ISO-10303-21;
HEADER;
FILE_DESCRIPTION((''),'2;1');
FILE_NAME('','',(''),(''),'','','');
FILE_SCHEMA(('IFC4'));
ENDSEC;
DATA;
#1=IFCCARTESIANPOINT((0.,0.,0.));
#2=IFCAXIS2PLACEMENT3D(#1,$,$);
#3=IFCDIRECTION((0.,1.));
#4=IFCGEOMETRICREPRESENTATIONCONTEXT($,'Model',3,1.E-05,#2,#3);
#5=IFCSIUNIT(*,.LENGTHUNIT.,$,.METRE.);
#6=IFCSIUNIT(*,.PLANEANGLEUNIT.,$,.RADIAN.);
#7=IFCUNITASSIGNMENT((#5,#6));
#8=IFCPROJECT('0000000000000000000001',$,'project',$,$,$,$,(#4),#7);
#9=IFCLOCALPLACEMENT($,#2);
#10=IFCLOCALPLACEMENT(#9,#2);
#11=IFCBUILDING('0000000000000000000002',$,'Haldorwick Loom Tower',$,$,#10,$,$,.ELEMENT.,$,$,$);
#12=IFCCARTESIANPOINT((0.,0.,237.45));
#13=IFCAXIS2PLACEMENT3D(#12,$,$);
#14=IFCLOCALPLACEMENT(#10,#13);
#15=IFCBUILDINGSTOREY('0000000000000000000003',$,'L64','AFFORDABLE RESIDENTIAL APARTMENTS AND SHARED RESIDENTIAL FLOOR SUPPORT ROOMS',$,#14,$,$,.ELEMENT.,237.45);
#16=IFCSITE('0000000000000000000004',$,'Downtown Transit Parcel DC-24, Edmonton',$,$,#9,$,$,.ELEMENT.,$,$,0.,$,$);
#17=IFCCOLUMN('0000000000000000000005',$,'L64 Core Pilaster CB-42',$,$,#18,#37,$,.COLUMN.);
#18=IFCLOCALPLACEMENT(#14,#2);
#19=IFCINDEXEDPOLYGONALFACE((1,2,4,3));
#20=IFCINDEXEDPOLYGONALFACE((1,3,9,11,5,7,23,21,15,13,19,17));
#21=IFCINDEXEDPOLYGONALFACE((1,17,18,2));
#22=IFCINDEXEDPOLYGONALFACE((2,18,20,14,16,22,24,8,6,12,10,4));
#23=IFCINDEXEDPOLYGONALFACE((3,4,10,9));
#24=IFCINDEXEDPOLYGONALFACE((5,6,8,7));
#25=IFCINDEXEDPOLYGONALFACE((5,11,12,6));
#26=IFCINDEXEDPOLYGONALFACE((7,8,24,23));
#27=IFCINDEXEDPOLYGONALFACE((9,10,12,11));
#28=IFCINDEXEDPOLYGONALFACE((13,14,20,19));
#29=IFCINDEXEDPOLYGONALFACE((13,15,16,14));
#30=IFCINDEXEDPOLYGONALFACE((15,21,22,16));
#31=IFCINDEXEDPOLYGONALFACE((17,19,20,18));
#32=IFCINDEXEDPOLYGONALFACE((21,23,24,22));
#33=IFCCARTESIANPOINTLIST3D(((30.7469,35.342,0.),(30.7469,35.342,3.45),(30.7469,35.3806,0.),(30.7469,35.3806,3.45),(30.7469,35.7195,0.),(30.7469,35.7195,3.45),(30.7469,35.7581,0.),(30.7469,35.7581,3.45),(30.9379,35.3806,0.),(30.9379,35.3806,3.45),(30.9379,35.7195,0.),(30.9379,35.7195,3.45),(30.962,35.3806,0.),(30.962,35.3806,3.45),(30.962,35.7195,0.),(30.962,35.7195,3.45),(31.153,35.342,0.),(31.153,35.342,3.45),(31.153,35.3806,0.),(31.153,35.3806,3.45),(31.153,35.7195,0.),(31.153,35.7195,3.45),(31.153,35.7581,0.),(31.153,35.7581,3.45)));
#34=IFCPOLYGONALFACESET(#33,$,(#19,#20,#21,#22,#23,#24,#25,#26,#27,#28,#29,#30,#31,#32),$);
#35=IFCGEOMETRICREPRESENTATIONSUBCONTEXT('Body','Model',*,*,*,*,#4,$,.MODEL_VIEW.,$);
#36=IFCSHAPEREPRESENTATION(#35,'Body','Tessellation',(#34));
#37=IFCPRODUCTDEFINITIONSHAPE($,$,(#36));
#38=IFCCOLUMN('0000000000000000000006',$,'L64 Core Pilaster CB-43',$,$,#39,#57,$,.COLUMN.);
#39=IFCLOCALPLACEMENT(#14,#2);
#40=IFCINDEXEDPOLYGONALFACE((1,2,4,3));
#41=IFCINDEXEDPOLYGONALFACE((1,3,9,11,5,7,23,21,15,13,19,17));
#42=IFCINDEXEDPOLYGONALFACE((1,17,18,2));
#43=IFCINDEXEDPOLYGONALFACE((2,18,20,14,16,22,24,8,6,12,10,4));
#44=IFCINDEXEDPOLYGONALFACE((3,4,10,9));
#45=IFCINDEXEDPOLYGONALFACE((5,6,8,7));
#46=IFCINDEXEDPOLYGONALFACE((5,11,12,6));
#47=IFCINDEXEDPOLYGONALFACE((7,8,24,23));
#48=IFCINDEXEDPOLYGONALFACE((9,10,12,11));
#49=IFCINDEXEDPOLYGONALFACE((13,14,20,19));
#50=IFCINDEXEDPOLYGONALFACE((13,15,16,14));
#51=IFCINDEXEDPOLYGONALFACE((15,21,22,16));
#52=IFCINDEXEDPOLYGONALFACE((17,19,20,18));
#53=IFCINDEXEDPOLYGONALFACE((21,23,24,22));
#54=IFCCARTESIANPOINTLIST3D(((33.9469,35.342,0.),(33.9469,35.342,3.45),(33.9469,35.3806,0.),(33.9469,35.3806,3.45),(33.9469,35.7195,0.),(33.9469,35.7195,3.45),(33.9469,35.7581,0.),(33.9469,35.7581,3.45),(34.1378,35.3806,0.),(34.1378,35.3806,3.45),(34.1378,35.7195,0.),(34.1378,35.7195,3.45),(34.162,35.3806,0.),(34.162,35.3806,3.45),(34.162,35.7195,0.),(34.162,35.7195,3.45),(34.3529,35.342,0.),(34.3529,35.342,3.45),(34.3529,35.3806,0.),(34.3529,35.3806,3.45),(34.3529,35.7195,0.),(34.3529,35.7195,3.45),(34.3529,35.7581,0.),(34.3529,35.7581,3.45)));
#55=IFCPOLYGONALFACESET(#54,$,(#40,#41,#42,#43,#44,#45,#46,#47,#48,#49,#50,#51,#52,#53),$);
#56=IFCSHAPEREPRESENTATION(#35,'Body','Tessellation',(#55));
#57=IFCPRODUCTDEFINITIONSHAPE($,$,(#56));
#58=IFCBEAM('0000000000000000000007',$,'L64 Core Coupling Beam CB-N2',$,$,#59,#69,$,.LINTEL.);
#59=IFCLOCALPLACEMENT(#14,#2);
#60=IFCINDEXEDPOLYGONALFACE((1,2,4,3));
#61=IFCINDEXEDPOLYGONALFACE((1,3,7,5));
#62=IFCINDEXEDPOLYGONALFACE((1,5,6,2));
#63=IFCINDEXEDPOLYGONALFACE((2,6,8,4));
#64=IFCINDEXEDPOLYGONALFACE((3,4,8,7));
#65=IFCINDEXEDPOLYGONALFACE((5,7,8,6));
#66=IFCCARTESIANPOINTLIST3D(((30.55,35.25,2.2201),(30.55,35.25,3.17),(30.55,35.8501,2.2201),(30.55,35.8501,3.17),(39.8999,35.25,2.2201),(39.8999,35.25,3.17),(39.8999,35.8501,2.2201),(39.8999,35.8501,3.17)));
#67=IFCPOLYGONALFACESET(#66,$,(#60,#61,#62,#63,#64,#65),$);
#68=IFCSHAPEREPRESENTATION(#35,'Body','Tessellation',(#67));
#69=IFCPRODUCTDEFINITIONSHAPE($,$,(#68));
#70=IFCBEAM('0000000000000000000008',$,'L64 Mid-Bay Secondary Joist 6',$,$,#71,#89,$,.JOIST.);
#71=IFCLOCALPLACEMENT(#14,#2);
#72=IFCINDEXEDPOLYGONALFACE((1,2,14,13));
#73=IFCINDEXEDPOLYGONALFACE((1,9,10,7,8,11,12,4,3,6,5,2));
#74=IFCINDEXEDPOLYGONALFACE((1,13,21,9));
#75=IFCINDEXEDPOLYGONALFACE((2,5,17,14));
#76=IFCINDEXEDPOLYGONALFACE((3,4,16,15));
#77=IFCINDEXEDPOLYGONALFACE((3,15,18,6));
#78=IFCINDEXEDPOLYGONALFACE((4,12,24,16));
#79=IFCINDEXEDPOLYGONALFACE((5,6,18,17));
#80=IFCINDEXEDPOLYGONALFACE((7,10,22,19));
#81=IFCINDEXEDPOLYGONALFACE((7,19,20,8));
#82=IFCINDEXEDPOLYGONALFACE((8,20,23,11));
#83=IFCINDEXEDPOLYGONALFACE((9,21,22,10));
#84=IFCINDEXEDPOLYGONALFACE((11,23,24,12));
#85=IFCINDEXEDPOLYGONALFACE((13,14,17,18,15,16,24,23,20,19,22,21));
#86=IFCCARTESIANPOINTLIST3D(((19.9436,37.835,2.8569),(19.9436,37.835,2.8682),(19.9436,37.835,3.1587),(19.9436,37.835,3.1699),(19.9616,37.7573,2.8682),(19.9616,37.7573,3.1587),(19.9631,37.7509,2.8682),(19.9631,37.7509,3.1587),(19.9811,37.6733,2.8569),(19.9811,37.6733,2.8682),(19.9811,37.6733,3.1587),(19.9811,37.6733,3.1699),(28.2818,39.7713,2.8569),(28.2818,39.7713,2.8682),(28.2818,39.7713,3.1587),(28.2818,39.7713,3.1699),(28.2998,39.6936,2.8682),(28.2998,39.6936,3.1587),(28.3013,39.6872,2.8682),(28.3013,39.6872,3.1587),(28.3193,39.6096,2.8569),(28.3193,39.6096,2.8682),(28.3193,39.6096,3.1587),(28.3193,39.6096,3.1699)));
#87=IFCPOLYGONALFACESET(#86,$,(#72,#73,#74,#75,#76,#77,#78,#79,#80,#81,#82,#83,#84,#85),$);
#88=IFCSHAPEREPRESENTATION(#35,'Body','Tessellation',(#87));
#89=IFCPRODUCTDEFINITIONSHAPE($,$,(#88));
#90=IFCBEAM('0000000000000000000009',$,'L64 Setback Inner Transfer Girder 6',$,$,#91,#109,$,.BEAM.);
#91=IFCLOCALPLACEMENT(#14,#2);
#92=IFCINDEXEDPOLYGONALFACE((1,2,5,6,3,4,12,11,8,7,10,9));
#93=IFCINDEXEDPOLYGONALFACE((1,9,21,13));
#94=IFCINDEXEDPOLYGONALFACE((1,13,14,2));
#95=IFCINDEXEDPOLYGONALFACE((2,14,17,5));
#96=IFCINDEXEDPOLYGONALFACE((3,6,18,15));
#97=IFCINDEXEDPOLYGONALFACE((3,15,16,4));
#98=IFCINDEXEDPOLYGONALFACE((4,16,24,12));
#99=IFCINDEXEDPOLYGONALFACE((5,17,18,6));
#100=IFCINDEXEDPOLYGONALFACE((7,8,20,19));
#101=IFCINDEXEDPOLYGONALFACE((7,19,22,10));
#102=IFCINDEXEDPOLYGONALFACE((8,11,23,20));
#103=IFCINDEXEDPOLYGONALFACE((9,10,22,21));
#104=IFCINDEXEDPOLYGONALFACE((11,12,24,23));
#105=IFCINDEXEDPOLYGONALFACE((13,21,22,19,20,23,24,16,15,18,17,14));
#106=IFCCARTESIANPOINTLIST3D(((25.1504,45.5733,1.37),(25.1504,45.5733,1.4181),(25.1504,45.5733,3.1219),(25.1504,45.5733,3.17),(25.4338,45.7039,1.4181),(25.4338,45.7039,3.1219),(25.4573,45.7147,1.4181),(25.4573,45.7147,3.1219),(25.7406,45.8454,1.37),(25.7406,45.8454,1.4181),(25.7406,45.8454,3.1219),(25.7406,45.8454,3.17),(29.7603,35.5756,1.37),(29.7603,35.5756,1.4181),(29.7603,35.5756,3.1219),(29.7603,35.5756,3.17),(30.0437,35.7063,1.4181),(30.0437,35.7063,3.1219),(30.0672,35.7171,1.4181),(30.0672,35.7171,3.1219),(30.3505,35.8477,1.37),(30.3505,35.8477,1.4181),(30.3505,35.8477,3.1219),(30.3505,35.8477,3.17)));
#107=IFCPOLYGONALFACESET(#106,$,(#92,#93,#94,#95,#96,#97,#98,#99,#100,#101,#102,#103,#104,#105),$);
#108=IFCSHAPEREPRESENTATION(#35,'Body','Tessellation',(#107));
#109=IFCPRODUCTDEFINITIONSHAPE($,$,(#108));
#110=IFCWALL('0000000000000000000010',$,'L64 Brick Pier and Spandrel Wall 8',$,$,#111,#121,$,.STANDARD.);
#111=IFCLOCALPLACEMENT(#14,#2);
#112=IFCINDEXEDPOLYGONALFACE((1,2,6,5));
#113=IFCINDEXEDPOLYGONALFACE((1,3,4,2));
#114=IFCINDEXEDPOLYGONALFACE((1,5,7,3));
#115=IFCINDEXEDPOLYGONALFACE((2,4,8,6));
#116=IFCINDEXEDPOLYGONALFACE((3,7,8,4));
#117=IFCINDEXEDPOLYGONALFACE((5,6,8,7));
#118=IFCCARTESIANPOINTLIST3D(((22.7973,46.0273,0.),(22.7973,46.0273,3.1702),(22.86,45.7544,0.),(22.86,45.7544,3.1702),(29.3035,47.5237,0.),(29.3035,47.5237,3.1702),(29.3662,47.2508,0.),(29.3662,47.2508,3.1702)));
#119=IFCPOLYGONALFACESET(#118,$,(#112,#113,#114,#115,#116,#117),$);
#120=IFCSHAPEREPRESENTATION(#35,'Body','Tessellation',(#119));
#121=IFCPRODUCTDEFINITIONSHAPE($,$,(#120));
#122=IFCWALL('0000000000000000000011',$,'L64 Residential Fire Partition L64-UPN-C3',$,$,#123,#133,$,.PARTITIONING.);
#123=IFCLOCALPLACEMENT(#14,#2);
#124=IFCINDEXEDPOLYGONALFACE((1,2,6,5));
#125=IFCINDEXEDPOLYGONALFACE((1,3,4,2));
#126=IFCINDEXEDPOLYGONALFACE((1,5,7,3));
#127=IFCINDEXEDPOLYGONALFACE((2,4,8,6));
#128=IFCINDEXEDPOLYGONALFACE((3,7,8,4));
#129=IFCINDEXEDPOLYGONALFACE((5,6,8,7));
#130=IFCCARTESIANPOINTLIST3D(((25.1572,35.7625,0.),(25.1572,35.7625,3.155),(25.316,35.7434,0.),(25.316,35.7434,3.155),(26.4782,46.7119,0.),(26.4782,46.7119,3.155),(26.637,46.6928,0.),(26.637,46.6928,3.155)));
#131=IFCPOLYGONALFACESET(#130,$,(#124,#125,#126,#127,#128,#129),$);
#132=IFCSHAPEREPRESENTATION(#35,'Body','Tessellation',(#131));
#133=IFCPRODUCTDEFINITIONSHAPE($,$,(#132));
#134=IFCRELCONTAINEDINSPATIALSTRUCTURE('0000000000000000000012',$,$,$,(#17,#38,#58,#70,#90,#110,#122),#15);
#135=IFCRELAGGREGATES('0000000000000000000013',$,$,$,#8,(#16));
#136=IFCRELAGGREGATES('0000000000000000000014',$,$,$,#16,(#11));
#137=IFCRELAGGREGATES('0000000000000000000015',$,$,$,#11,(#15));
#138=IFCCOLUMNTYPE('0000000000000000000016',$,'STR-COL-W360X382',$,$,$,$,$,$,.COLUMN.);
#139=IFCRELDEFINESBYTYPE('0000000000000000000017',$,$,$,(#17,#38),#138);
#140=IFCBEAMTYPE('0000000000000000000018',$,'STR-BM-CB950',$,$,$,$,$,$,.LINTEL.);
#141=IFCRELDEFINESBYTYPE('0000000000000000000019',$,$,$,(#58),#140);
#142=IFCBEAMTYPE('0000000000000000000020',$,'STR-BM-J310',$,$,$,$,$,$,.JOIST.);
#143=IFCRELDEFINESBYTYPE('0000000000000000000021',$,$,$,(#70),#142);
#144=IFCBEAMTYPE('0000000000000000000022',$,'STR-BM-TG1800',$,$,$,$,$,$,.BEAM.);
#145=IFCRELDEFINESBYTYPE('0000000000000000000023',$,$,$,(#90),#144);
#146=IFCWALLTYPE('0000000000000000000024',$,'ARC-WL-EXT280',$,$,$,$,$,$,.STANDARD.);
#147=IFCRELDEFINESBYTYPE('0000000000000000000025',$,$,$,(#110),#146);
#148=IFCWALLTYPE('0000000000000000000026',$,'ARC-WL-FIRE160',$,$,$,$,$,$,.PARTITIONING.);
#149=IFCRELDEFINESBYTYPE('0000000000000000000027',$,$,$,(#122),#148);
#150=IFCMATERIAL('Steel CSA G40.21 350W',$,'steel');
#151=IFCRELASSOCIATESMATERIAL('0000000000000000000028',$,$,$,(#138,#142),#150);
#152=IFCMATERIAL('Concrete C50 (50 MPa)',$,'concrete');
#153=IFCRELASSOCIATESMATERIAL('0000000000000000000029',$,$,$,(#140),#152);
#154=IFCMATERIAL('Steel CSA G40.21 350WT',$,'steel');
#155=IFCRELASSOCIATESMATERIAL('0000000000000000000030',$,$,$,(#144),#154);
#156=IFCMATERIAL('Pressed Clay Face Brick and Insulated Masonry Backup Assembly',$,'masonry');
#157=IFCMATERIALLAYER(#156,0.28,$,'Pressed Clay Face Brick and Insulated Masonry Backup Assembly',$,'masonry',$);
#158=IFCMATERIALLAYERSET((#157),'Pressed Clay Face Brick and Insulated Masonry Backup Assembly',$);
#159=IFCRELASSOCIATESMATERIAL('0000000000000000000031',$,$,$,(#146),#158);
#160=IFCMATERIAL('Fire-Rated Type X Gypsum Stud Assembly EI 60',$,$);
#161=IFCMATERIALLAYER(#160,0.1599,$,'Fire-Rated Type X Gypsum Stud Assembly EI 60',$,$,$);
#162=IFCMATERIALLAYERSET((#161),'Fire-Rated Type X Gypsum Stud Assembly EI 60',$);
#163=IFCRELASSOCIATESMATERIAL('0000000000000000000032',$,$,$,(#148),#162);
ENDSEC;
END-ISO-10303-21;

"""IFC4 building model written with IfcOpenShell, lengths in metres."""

from ifc_helpers import new_model, si_unit, direction, frame, frame_2d, origin, origin_2d, place, context, subcontext, project, spatial, rectangle, i_section, extrude, material, layer, layer_set, material_profile, profile_set, type_object, element, save


model = new_model("IFC4")

# Units and contexts
model_context = context("Model", 3, precision=1e-05, world=origin(), true_north=direction((0.0, 1.0)))
body_context = subcontext(model_context, "Body", "Model", "MODEL_VIEW")
ifc_project = project(units=[si_unit("LENGTHUNIT", "METRE"), si_unit("PLANEANGLEUNIT", "RADIAN")], contexts=[model_context])

# Site, building, storey
site_placement = place(None, origin())
site = spatial("IfcSite", under=ifc_project, at=site_placement, Name="Downtown Transit Parcel DC-24, Edmonton", CompositionType="ELEMENT", RefElevation=0.0)
building_placement = place(site_placement, origin())
building = spatial("IfcBuilding", under=site, at=building_placement, Name="Haldorwick Loom Tower", CompositionType="ELEMENT")
storey_placement = place(building_placement, frame((0.0, 0.0, 237.45)))
storey = spatial("IfcBuildingStorey", under=building, at=storey_placement, Name="L64", Description="AFFORDABLE RESIDENTIAL APARTMENTS AND SHARED RESIDENTIAL FLOOR SUPPORT ROOMS", CompositionType="ELEMENT", Elevation=237.45)

# Columns
ifc_material_1 = material(Name="Steel CSA G40.21 350W", Category="steel")
ifc_material_profile_1 = material_profile(ifc_material_1, i_section(OverallWidth=0.406, OverallDepth=0.416, WebThickness=0.0242, FlangeThickness=0.0386, at=origin_2d()), Name="W360X382", Category="steel")
ifc_profile_set_1 = profile_set([ifc_material_profile_1], Name="Steel CSA G40.21 350W")
column_type_1 = type_object("IfcColumnType", Name="STR-COL-W360X382", PredefinedType="COLUMN", material=ifc_profile_set_1)
for number, where, z_axis, x_axis, name in (
    (1, (30.95, 35.55, 0.0), (0.0, 0.0, 1.0), (1.0, 0.0, 0.0), "L64 Core Pilaster CB-42"),
    (2, (34.1499, 35.55, 0.0), (0.0, 0.0, 1.0), (1.0, 0.0, 0.0), "L64 Core Pilaster CB-43"),
):
    element("IfcColumn", number, at=place(storey_placement, frame(where, z_axis=z_axis, x_axis=x_axis)), inside=storey, type_object=column_type_1, Name=name, PredefinedType="COLUMN", context=body_context, shape_type="SweptSolid", body=[
        extrude(i_section(OverallWidth=0.406, OverallDepth=0.416, WebThickness=0.0242, FlangeThickness=0.0386, at=origin_2d()), origin(), (0.0, 0.0, 1.0), 3.45),
    ])

# Beams
ifc_material_2 = material(Name="Concrete C50 (50 MPa)", Category="concrete")
ifc_material_profile_2 = material_profile(ifc_material_2, rectangle(XDim=0.6001, YDim=0.95, at=origin_2d()), Name="RC600X950", Category="concrete")
ifc_profile_set_2 = profile_set([ifc_material_profile_2], Name="Concrete C50 (50 MPa)")
beam_type_1 = type_object("IfcBeamType", Name="STR-BM-CB950", PredefinedType="LINTEL", material=ifc_profile_set_2)
beam_1_placement = place(storey_placement, frame((30.55, 35.55, 2.6951), z_axis=(1.0, 0.0, 0.0), x_axis=(0.0, 1.0, 0.0)))
element("IfcBeam", 3, at=beam_1_placement, inside=storey, type_object=beam_type_1, Name="L64 Core Coupling Beam CB-N2", PredefinedType="LINTEL", context=body_context, shape_type="SweptSolid", body=[
    extrude(rectangle(XDim=0.6001, YDim=0.95, at=origin_2d()), origin(), (0.0, 0.0, 1.0), 9.3499),
])
ifc_material_profile_3 = material_profile(ifc_material_1, i_section(OverallWidth=0.166, OverallDepth=0.313, WebThickness=0.0066, FlangeThickness=0.0112, at=origin_2d()), Name="W310X45", Category="steel")
ifc_profile_set_3 = profile_set([ifc_material_profile_3], Name="Steel CSA G40.21 350W")
beam_type_2 = type_object("IfcBeamType", Name="STR-BM-J310", PredefinedType="JOIST", material=ifc_profile_set_3)
beam_2_placement = place(storey_placement, frame((28.3005, 39.6904, 3.0134), z_axis=(-0.974081, -0.226201, 0.0), x_axis=(0.226201, -0.974081, 0.0)))
element("IfcBeam", 4, at=beam_2_placement, inside=storey, type_object=beam_type_2, Name="L64 Mid-Bay Secondary Joist 6", PredefinedType="JOIST", context=body_context, shape_type="SweptSolid", body=[
    extrude(i_section(OverallWidth=0.166, OverallDepth=0.313, WebThickness=0.0066, FlangeThickness=0.0112, at=origin_2d()), origin(), (0.0, 0.0, 1.0), 8.5601),
])
ifc_material_3 = material(Name="Steel CSA G40.21 350WT", Category="steel")
ifc_material_profile_4 = material_profile(ifc_material_3, i_section(OverallWidth=0.6499, OverallDepth=1.8, WebThickness=0.0259, FlangeThickness=0.0481, at=origin_2d()), Name="WWF1800X650", Category="steel")
ifc_profile_set_4 = profile_set([ifc_material_profile_4], Name="Steel CSA G40.21 350WT")
beam_type_3 = type_object("IfcBeamType", Name="STR-BM-TG1800", PredefinedType="BEAM", material=ifc_profile_set_4)
beam_3_placement = place(storey_placement, frame((30.0554, 35.7117, 2.27), z_axis=(-0.418729, 0.908111, 0.0), x_axis=(-0.908111, -0.418729, 0.0)))
element("IfcBeam", 5, at=beam_3_placement, inside=storey, type_object=beam_type_3, Name="L64 Setback Inner Transfer Girder 6", PredefinedType="BEAM", context=body_context, shape_type="SweptSolid", body=[
    extrude(i_section(OverallWidth=0.6499, OverallDepth=1.8, WebThickness=0.0259, FlangeThickness=0.0481, at=origin_2d()), origin(), (0.0, 0.0, 1.0), 11.0093),
])

# Walls
ifc_material_4 = material(Name="Pressed Clay Face Brick and Insulated Masonry Backup Assembly", Category="masonry")
ifc_layer_1 = layer(ifc_material_4, 0.28, Name="Pressed Clay Face Brick and Insulated Masonry Backup Assembly", Category="masonry")
ifc_layer_set_1 = layer_set([ifc_layer_1], Name="Pressed Clay Face Brick and Insulated Masonry Backup Assembly")
wall_type_1 = type_object("IfcWallType", Name="ARC-WL-EXT280", PredefinedType="STANDARD", material=ifc_layer_set_1)
wall_1_placement = place(storey_placement, frame((29.3347, 47.3872, 0.0), z_axis=(0.0, 0.0, 1.0), x_axis=(-0.974557, -0.224138, 0.0)))
element("IfcWall", 6, at=wall_1_placement, inside=storey, type_object=wall_type_1, Name="L64 Brick Pier and Spandrel Wall 8", PredefinedType="STANDARD", context=body_context, shape_type="SweptSolid", body=[
    extrude(rectangle(XDim=6.676, YDim=0.28, at=frame_2d((3.3379, 0.0))), origin(), (0.0, 0.0, 1.0), 3.1702),
])
ifc_material_5 = material(Name="Fire-Rated Type X Gypsum Stud Assembly EI 60")
ifc_layer_2 = layer(ifc_material_5, 0.1599, Name="Fire-Rated Type X Gypsum Stud Assembly EI 60")
ifc_layer_set_2 = layer_set([ifc_layer_2], Name="Fire-Rated Type X Gypsum Stud Assembly EI 60")
wall_type_2 = type_object("IfcWallType", Name="ARC-WL-FIRE160", PredefinedType="PARTITIONING", material=ifc_layer_set_2)
wall_2_placement = place(storey_placement, frame((25.2366, 35.7529, 0.0), z_axis=(0.0, 0.0, 1.0), x_axis=(0.119781, 0.9928, 0.0)))
element("IfcWall", 7, at=wall_2_placement, inside=storey, type_object=wall_type_2, Name="L64 Residential Fire Partition L64-UPN-C3", PredefinedType="PARTITIONING", context=body_context, shape_type="SweptSolid", body=[
    extrude(rectangle(XDim=11.0288, YDim=0.1599, at=frame_2d((5.5144, 0.0))), origin(), (0.0, 0.0, 1.0), 3.155),
])

save(model, "model.ifc")
